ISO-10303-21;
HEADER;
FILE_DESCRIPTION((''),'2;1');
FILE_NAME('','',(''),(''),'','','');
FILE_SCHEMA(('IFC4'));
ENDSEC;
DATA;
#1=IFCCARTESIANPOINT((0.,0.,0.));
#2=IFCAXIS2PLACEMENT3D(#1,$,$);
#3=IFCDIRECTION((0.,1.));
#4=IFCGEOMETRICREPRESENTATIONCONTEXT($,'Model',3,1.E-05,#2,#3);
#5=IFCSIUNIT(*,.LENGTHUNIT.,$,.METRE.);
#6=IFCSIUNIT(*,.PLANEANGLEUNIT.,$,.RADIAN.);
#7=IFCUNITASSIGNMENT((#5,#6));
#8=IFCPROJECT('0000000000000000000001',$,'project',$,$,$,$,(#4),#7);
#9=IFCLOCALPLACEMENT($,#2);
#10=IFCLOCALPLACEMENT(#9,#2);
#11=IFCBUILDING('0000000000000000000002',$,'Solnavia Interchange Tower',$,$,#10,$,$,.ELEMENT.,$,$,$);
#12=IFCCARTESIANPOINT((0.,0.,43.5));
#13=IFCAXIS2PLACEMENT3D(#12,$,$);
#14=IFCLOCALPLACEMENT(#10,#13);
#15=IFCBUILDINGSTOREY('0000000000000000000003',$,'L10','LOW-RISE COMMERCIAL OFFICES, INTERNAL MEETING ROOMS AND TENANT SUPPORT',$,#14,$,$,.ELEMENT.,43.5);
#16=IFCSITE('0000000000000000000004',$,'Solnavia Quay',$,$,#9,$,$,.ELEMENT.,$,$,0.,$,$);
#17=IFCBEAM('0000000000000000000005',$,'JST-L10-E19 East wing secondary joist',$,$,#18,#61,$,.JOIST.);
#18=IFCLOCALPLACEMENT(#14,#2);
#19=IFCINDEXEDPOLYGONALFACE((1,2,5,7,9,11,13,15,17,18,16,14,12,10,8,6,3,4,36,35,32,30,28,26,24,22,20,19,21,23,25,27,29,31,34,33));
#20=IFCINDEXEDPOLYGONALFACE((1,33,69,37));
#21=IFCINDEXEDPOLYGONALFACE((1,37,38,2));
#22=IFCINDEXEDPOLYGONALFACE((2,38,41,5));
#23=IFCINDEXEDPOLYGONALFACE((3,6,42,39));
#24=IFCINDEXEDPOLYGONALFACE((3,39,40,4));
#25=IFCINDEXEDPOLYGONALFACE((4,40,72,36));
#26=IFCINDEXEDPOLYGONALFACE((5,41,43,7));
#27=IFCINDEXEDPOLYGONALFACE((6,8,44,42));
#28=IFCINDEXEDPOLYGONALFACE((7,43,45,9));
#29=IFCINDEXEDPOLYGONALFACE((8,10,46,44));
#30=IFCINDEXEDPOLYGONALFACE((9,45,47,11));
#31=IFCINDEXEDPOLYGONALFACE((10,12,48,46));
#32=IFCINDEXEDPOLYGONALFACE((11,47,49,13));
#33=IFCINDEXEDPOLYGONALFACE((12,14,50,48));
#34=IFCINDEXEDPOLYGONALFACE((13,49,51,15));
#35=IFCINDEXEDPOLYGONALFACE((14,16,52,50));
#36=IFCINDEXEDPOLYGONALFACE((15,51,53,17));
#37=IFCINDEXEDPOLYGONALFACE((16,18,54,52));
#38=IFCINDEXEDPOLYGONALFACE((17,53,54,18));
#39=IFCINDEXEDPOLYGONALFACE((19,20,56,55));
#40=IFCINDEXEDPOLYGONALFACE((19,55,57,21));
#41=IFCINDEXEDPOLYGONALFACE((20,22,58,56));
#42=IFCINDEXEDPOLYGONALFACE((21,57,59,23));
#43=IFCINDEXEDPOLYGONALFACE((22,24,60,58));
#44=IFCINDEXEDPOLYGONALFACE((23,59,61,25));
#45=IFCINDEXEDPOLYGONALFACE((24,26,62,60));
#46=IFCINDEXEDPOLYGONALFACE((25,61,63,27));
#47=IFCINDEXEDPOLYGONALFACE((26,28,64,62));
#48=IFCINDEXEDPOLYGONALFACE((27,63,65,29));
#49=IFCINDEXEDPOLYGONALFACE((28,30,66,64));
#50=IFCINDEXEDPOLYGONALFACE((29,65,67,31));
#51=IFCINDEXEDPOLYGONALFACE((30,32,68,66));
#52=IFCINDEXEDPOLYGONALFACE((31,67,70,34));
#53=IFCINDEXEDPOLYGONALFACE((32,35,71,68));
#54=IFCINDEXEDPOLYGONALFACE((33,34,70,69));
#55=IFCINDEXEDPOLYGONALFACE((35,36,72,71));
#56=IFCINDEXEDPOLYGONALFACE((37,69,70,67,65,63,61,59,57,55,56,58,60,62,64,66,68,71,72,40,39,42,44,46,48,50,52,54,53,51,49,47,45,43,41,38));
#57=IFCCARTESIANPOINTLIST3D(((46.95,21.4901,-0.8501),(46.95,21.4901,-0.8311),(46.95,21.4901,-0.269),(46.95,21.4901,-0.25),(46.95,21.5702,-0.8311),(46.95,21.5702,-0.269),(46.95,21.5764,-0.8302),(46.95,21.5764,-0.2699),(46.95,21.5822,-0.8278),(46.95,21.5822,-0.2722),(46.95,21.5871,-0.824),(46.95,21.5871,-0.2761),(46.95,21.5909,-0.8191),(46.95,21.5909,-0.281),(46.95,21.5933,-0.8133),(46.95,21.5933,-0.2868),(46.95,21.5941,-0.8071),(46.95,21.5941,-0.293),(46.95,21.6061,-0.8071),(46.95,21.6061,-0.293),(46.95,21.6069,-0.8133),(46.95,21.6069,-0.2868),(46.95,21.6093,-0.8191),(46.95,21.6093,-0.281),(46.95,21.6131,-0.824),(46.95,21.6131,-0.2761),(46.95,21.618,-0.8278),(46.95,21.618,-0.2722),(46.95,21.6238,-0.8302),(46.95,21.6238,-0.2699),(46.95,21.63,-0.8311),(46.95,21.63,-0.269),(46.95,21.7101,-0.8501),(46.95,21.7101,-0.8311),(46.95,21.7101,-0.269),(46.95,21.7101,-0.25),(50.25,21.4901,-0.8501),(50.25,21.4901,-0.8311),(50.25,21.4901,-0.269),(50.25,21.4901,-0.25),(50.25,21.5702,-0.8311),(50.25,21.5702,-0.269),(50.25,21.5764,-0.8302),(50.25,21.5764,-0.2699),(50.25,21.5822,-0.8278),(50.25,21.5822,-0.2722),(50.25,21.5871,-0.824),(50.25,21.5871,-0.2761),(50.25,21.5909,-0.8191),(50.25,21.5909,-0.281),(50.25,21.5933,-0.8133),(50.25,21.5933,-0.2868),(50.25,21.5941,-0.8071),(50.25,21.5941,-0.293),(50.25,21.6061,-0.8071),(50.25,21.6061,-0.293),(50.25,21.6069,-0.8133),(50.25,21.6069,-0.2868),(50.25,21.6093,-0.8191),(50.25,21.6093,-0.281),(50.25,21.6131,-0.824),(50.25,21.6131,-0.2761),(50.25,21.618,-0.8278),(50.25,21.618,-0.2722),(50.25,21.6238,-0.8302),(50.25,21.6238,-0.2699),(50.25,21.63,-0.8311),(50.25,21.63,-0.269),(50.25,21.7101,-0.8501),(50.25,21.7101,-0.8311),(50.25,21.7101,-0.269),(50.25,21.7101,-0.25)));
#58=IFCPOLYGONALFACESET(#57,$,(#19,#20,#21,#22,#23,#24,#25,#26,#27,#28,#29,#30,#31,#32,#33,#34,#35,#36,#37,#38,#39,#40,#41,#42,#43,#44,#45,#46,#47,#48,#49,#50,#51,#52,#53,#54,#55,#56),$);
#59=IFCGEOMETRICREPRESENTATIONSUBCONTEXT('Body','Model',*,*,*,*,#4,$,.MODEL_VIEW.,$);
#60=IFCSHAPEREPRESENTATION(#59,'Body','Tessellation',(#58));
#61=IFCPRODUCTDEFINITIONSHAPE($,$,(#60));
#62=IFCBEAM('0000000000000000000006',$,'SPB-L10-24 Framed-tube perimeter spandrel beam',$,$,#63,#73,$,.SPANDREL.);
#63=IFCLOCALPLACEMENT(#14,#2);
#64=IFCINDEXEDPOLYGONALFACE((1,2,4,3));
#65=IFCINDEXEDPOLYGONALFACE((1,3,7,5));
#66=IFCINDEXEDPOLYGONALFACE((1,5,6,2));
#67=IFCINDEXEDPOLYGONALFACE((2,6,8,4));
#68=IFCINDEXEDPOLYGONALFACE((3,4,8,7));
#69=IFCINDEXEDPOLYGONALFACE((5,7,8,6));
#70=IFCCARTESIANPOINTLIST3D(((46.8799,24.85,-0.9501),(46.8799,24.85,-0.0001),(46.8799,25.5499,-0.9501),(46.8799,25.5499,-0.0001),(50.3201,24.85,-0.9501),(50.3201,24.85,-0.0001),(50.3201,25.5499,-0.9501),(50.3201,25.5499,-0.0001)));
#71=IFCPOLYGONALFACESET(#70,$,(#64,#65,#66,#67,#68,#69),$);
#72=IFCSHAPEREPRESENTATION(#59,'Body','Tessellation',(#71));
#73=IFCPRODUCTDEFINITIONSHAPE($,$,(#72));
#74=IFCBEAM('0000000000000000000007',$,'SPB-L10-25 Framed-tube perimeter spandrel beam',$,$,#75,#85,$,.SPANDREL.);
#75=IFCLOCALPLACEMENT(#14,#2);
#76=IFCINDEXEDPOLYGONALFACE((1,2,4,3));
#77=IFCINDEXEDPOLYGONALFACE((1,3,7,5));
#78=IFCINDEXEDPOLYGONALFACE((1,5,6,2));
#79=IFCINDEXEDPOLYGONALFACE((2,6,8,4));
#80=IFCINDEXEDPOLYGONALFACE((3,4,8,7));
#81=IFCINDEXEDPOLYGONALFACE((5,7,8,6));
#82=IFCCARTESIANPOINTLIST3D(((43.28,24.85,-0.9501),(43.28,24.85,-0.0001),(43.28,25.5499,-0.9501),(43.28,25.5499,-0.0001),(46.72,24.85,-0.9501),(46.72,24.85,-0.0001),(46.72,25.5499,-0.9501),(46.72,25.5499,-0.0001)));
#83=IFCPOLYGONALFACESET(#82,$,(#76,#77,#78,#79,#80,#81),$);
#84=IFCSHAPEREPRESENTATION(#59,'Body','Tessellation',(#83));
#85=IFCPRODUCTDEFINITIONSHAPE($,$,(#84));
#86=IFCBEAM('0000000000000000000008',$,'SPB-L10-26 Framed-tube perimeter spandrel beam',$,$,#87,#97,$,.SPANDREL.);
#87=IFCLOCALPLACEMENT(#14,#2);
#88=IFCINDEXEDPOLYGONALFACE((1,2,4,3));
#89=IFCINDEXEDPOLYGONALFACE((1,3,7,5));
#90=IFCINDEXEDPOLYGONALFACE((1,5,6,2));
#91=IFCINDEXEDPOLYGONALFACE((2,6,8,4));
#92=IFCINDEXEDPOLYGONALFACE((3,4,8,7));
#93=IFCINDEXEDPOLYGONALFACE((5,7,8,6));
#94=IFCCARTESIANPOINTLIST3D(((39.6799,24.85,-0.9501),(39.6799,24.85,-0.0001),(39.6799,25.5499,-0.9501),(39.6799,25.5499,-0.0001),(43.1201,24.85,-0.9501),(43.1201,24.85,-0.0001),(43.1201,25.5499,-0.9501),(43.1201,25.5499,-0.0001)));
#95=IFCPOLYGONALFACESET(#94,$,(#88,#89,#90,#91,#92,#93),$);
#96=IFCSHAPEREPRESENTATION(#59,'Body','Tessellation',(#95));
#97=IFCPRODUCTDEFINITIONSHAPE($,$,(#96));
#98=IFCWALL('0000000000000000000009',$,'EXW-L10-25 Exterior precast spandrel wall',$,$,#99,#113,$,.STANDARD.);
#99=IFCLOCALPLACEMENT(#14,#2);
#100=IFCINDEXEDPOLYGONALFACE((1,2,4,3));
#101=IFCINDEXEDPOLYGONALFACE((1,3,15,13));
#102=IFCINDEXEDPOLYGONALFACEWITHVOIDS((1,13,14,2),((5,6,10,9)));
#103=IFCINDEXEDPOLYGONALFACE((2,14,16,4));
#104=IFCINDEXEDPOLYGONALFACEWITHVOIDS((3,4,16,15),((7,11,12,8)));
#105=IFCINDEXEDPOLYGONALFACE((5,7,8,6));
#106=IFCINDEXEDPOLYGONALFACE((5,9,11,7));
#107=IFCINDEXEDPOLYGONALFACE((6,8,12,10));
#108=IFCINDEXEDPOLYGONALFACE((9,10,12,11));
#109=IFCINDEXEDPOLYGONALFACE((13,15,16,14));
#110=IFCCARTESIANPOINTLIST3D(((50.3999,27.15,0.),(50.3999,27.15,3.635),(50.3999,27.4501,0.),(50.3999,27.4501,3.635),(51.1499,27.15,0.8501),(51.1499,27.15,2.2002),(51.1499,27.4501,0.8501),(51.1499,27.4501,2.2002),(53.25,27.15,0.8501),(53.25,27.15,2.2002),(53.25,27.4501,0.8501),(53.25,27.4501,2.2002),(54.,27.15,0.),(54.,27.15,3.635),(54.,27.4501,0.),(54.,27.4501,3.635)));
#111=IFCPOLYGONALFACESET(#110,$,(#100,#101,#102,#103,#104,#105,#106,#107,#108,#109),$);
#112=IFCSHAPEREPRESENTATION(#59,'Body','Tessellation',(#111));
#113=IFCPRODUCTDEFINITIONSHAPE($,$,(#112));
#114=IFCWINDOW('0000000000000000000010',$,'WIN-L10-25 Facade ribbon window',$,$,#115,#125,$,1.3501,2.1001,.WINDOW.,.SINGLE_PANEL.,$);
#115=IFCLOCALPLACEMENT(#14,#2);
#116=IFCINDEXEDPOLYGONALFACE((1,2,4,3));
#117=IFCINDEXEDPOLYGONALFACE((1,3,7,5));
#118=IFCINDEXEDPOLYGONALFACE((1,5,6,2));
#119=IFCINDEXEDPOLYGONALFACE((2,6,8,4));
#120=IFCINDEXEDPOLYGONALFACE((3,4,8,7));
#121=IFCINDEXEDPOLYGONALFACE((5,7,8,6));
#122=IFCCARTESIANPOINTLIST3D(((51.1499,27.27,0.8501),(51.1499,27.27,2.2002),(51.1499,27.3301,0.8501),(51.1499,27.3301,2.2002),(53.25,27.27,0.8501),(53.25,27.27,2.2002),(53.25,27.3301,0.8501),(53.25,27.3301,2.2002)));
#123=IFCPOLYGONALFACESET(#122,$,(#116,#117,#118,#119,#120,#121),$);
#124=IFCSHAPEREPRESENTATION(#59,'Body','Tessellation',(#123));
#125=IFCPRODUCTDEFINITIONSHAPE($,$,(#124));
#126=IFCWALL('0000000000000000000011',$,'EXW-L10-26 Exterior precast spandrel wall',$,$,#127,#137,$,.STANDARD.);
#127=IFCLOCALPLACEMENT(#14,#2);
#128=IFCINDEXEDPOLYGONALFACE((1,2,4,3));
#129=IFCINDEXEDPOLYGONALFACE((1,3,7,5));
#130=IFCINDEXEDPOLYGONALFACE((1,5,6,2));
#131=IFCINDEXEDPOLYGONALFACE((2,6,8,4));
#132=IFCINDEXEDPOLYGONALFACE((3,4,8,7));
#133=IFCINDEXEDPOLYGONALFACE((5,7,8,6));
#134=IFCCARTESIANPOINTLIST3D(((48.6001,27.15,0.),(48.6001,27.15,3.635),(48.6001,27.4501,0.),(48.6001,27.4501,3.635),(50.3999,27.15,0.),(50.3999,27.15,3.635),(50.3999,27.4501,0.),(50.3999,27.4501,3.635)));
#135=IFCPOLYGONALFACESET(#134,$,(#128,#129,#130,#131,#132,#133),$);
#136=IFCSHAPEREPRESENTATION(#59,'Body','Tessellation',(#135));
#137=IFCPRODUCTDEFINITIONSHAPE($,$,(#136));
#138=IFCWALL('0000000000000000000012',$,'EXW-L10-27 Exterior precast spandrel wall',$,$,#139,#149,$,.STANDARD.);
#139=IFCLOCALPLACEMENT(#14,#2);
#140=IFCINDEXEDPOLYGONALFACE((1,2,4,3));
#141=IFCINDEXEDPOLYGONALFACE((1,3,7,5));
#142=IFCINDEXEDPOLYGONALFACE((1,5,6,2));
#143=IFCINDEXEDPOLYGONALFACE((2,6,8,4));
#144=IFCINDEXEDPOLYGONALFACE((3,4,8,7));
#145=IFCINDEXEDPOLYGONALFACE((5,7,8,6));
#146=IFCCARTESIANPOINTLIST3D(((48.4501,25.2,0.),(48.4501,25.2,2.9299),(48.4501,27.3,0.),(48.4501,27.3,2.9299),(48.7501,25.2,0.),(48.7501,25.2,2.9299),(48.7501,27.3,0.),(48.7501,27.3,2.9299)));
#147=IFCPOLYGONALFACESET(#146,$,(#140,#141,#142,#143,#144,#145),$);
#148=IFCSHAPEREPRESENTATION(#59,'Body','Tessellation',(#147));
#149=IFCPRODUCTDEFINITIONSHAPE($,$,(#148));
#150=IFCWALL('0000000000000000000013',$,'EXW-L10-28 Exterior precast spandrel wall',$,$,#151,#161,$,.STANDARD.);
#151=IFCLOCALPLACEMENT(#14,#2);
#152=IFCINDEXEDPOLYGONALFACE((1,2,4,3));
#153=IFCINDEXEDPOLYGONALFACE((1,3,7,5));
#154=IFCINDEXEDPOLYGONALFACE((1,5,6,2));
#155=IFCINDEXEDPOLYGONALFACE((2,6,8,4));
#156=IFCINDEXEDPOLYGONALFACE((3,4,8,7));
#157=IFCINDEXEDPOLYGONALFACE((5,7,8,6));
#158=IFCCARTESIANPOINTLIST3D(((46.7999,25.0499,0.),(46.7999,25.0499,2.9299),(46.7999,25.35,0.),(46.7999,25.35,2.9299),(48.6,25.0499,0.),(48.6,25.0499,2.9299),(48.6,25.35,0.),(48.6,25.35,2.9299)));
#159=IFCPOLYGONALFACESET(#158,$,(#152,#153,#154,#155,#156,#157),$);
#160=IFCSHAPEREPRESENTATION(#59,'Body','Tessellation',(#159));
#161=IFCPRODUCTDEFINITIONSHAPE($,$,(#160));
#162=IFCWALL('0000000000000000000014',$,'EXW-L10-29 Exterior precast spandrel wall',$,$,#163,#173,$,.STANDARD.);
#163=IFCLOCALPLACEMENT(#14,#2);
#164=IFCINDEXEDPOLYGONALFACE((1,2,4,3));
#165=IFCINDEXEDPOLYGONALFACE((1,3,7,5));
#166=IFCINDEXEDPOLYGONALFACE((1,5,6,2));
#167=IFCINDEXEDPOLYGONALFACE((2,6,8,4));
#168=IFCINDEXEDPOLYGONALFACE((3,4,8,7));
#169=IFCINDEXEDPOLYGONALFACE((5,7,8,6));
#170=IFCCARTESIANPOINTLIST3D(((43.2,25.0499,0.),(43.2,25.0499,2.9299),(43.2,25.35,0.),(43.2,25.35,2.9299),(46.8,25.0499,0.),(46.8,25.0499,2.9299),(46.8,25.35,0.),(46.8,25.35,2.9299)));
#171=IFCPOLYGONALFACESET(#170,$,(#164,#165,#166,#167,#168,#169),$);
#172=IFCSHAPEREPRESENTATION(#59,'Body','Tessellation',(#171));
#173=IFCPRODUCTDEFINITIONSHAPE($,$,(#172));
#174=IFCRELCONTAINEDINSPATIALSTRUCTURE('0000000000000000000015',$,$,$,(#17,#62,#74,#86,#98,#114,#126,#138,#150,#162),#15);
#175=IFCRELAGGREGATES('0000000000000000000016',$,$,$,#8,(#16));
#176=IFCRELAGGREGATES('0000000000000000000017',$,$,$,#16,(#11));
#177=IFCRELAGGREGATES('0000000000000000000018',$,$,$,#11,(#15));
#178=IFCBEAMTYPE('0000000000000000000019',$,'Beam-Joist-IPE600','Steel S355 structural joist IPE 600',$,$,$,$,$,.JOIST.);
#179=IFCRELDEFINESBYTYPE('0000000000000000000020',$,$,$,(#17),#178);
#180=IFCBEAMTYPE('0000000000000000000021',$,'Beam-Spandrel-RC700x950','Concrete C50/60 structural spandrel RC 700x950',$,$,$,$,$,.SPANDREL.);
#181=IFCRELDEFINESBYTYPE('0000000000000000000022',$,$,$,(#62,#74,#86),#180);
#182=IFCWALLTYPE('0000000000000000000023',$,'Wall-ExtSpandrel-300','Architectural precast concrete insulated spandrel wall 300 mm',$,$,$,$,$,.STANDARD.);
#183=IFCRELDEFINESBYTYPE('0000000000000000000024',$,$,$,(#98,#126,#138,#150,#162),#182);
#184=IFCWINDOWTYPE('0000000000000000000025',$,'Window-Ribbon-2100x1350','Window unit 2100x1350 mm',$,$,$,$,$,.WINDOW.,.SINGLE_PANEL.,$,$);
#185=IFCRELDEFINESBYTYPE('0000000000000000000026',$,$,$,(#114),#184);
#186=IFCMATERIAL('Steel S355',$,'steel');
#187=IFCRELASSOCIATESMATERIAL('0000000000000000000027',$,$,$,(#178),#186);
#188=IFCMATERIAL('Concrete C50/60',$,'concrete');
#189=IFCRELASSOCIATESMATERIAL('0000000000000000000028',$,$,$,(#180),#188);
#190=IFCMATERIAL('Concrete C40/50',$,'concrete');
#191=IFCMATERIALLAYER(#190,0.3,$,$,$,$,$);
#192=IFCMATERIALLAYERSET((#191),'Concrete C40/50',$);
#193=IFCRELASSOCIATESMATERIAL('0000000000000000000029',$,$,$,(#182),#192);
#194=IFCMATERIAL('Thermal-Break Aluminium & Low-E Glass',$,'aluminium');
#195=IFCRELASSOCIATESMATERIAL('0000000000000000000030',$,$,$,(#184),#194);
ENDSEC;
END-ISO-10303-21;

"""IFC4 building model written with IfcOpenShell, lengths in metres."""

from ifc_helpers import new_model, si_unit, direction, frame, frame_2d, origin, origin_2d, place, context, subcontext, project, spatial, rectangle, i_section, extrude, material, layer, layer_set, material_profile, profile_set, type_object, element, fill, save


model = new_model("IFC4")

# Units and contexts
model_context = context("Model", 3, precision=1e-05, world=origin(), true_north=direction((0.0, 1.0)))
body_context = subcontext(model_context, "Body", "Model", "MODEL_VIEW")
ifc_project = project(units=[si_unit("LENGTHUNIT", "METRE"), si_unit("PLANEANGLEUNIT", "RADIAN")], contexts=[model_context])

# Site, building, storey
site_placement = place(None, origin())
site = spatial("IfcSite", under=ifc_project, at=site_placement, Name="Solnavia Quay", CompositionType="ELEMENT", RefElevation=0.0)
building_placement = place(site_placement, origin())
building = spatial("IfcBuilding", under=site, at=building_placement, Name="Solnavia Interchange Tower", CompositionType="ELEMENT")
storey_placement = place(building_placement, frame((0.0, 0.0, 43.5)))
storey = spatial("IfcBuildingStorey", under=building, at=storey_placement, Name="L10", Description="LOW-RISE COMMERCIAL OFFICES, INTERNAL MEETING ROOMS AND TENANT SUPPORT", CompositionType="ELEMENT", Elevation=43.5)

# Beams
ifc_material_1 = material(Name="Steel S355", Category="steel")
ifc_material_profile_1 = material_profile(ifc_material_1, i_section(OverallWidth=0.22, OverallDepth=0.6001, WebThickness=0.012, FlangeThickness=0.019, FilletRadius=0.0239, at=origin_2d()), Name="IPE 600")
ifc_profile_set_1 = profile_set([ifc_material_profile_1], Name="Steel S355")
beam_type_1 = type_object("IfcBeamType", Name="Beam-Joist-IPE600", Description="Steel S355 structural joist IPE 600", PredefinedType="JOIST", material=ifc_profile_set_1)
beam_1_placement = place(storey_placement, frame((46.95, 21.6001, -0.55), z_axis=(1.0, 0.0, 0.0), x_axis=(0.0, 1.0, 0.0)))
element("IfcBeam", 1, at=beam_1_placement, inside=storey, type_object=beam_type_1, Name="JST-L10-E19 East wing secondary joist", PredefinedType="JOIST", context=body_context, shape_type="SweptSolid", body=[
    extrude(i_section(OverallWidth=0.22, OverallDepth=0.6001, WebThickness=0.012, FlangeThickness=0.019, FilletRadius=0.0239, at=origin_2d()), origin(), (0.0, 0.0, 1.0), 3.3),
])
ifc_material_2 = material(Name="Concrete C50/60", Category="concrete")
ifc_material_profile_2 = material_profile(ifc_material_2, rectangle(XDim=0.7, YDim=0.95, at=origin_2d()), Name="RC 700x950")
ifc_profile_set_2 = profile_set([ifc_material_profile_2], Name="Concrete C50/60")
beam_type_2 = type_object("IfcBeamType", Name="Beam-Spandrel-RC700x950", Description="Concrete C50/60 structural spandrel RC 700x950", PredefinedType="SPANDREL", material=ifc_profile_set_2)
beam_2_placement = place(storey_placement, frame((50.3201, 25.2, -0.4751), z_axis=(-1.0, 0.0, 0.0), x_axis=(0.0, -1.0, 0.0)))
element("IfcBeam", 2, at=beam_2_placement, inside=storey, type_object=beam_type_2, Name="SPB-L10-24 Framed-tube perimeter spandrel beam", PredefinedType="SPANDREL", context=body_context, shape_type="SweptSolid", body=[
    extrude(rectangle(XDim=0.7, YDim=0.95, at=origin_2d()), origin(), (0.0, 0.0, 1.0), 3.4402),
])
beam_3_placement = place(storey_placement, frame((46.72, 25.2, -0.4751), z_axis=(-1.0, 0.0, 0.0), x_axis=(0.0, -1.0, 0.0)))
element("IfcBeam", 3, at=beam_3_placement, inside=storey, type_object=beam_type_2, Name="SPB-L10-25 Framed-tube perimeter spandrel beam", PredefinedType="SPANDREL", context=body_context, shape_type="SweptSolid", body=[
    extrude(rectangle(XDim=0.7, YDim=0.95, at=origin_2d()), origin(), (0.0, 0.0, 1.0), 3.4399),
])
beam_4_placement = place(storey_placement, frame((43.1201, 25.2, -0.4751), z_axis=(-1.0, 0.0, 0.0), x_axis=(0.0, -1.0, 0.0)))
element("IfcBeam", 4, at=beam_4_placement, inside=storey, type_object=beam_type_2, Name="SPB-L10-26 Framed-tube perimeter spandrel beam", PredefinedType="SPANDREL", context=body_context, shape_type="SweptSolid", body=[
    extrude(rectangle(XDim=0.7, YDim=0.95, at=origin_2d()), origin(), (0.0, 0.0, 1.0), 3.4402),
])

# Wall, opening, window
ifc_material_3 = material(Name="Concrete C40/50", Category="concrete")
ifc_layer_1 = layer(ifc_material_3, 0.3)
ifc_layer_set_1 = layer_set([ifc_layer_1], Name="Concrete C40/50")
wall_type_1 = type_object("IfcWallType", Name="Wall-ExtSpandrel-300", Description="Architectural precast concrete insulated spandrel wall 300 mm", PredefinedType="STANDARD", material=ifc_layer_set_1)
wall_1_placement = place(storey_placement, frame((50.3999, 27.3, 0.0), z_axis=(0.0, 0.0, 1.0), x_axis=(1.0, 0.0, 0.0)))
wall_1 = element("IfcWall", 5, at=wall_1_placement, inside=storey, type_object=wall_type_1, Name="EXW-L10-25 Exterior precast spandrel wall", PredefinedType="STANDARD", context=body_context, shape_type="SweptSolid", body=[
    extrude(rectangle(XDim=3.6001, YDim=0.3, at=frame_2d((1.8, 0.0))), origin(), (0.0, 0.0, 1.0), 3.635),
])
opening_1_placement = place(wall_1_placement, frame((0.75, 0.0, 0.8501)))
opening_1 = element("IfcOpeningElement", 6, at=opening_1_placement, cuts=wall_1, PredefinedType="OPENING", context=body_context, shape_type="SweptSolid", body=[
    extrude(rectangle(XDim=2.1001, YDim=1.3501, at=frame_2d((1.05, 0.675))), frame((0.0, 0.1602, 0.0), z_axis=(0.0, -1.0, 0.0), x_axis=(1.0, 0.0, 0.0)), (0.0, 0.0, 1.0), 0.3201),
])
ifc_material_4 = material(Name="Thermal-Break Aluminium & Low-E Glass", Category="aluminium")
window_type = type_object("IfcWindowType", Name="Window-Ribbon-2100x1350", Description="Window unit 2100x1350 mm", PartitioningType="SINGLE_PANEL", PredefinedType="WINDOW", material=ifc_material_4)
window_placement = place(opening_1_placement, origin())
window = element("IfcWindow", 7, at=window_placement, inside=storey, type_object=window_type, Name="WIN-L10-25 Facade ribbon window", OverallHeight=1.3501, OverallWidth=2.1001, PartitioningType="SINGLE_PANEL", PredefinedType="WINDOW", context=body_context, shape_type="SweptSolid", body=[
    extrude(rectangle(XDim=2.1001, YDim=1.3501, at=frame_2d((1.05, 0.675))), frame((0.0, 0.03, 0.0), z_axis=(0.0, -1.0, 0.0), x_axis=(1.0, 0.0, 0.0)), (0.0, 0.0, 1.0), 0.0601),
])
fill(opening_1, window)

# Walls
wall_2_placement = place(storey_placement, frame((48.6001, 27.3, 0.0), z_axis=(0.0, 0.0, 1.0), x_axis=(1.0, 0.0, 0.0)))
element("IfcWall", 8, at=wall_2_placement, inside=storey, type_object=wall_type_1, Name="EXW-L10-26 Exterior precast spandrel wall", PredefinedType="STANDARD", context=body_context, shape_type="SweptSolid", body=[
    extrude(rectangle(XDim=1.7998, YDim=0.3, at=frame_2d((0.8999, 0.0))), origin(), (0.0, 0.0, 1.0), 3.635),
])
wall_3_placement = place(storey_placement, frame((48.6001, 27.3, 0.0), z_axis=(0.0, 0.0, 1.0), x_axis=(0.0, -1.0, 0.0)))
element("IfcWall", 9, at=wall_3_placement, inside=storey, type_object=wall_type_1, Name="EXW-L10-27 Exterior precast spandrel wall", PredefinedType="STANDARD", context=body_context, shape_type="SweptSolid", body=[
    extrude(rectangle(XDim=2.1001, YDim=0.3, at=frame_2d((1.05, 0.0))), origin(), (0.0, 0.0, 1.0), 2.9299),
])
wall_4_placement = place(storey_placement, frame((46.8, 25.2, 0.0), z_axis=(0.0, 0.0, 1.0), x_axis=(1.0, 0.0, 0.0)))
element("IfcWall", 10, at=wall_4_placement, inside=storey, type_object=wall_type_1, Name="EXW-L10-28 Exterior precast spandrel wall", PredefinedType="STANDARD", context=body_context, shape_type="SweptSolid", body=[
    extrude(rectangle(XDim=1.8, YDim=0.3, at=frame_2d((0.8999, 0.0))), origin(), (0.0, 0.0, 1.0), 2.9299),
])
wall_5_placement = place(storey_placement, frame((43.2, 25.2, 0.0), z_axis=(0.0, 0.0, 1.0), x_axis=(1.0, 0.0, 0.0)))
element("IfcWall", 11, at=wall_5_placement, inside=storey, type_object=wall_type_1, Name="EXW-L10-29 Exterior precast spandrel wall", PredefinedType="STANDARD", context=body_context, shape_type="SweptSolid", body=[
    extrude(rectangle(XDim=3.6001, YDim=0.3, at=frame_2d((1.8, 0.0))), origin(), (0.0, 0.0, 1.0), 2.9299),
])

save(model, "model.ifc")
